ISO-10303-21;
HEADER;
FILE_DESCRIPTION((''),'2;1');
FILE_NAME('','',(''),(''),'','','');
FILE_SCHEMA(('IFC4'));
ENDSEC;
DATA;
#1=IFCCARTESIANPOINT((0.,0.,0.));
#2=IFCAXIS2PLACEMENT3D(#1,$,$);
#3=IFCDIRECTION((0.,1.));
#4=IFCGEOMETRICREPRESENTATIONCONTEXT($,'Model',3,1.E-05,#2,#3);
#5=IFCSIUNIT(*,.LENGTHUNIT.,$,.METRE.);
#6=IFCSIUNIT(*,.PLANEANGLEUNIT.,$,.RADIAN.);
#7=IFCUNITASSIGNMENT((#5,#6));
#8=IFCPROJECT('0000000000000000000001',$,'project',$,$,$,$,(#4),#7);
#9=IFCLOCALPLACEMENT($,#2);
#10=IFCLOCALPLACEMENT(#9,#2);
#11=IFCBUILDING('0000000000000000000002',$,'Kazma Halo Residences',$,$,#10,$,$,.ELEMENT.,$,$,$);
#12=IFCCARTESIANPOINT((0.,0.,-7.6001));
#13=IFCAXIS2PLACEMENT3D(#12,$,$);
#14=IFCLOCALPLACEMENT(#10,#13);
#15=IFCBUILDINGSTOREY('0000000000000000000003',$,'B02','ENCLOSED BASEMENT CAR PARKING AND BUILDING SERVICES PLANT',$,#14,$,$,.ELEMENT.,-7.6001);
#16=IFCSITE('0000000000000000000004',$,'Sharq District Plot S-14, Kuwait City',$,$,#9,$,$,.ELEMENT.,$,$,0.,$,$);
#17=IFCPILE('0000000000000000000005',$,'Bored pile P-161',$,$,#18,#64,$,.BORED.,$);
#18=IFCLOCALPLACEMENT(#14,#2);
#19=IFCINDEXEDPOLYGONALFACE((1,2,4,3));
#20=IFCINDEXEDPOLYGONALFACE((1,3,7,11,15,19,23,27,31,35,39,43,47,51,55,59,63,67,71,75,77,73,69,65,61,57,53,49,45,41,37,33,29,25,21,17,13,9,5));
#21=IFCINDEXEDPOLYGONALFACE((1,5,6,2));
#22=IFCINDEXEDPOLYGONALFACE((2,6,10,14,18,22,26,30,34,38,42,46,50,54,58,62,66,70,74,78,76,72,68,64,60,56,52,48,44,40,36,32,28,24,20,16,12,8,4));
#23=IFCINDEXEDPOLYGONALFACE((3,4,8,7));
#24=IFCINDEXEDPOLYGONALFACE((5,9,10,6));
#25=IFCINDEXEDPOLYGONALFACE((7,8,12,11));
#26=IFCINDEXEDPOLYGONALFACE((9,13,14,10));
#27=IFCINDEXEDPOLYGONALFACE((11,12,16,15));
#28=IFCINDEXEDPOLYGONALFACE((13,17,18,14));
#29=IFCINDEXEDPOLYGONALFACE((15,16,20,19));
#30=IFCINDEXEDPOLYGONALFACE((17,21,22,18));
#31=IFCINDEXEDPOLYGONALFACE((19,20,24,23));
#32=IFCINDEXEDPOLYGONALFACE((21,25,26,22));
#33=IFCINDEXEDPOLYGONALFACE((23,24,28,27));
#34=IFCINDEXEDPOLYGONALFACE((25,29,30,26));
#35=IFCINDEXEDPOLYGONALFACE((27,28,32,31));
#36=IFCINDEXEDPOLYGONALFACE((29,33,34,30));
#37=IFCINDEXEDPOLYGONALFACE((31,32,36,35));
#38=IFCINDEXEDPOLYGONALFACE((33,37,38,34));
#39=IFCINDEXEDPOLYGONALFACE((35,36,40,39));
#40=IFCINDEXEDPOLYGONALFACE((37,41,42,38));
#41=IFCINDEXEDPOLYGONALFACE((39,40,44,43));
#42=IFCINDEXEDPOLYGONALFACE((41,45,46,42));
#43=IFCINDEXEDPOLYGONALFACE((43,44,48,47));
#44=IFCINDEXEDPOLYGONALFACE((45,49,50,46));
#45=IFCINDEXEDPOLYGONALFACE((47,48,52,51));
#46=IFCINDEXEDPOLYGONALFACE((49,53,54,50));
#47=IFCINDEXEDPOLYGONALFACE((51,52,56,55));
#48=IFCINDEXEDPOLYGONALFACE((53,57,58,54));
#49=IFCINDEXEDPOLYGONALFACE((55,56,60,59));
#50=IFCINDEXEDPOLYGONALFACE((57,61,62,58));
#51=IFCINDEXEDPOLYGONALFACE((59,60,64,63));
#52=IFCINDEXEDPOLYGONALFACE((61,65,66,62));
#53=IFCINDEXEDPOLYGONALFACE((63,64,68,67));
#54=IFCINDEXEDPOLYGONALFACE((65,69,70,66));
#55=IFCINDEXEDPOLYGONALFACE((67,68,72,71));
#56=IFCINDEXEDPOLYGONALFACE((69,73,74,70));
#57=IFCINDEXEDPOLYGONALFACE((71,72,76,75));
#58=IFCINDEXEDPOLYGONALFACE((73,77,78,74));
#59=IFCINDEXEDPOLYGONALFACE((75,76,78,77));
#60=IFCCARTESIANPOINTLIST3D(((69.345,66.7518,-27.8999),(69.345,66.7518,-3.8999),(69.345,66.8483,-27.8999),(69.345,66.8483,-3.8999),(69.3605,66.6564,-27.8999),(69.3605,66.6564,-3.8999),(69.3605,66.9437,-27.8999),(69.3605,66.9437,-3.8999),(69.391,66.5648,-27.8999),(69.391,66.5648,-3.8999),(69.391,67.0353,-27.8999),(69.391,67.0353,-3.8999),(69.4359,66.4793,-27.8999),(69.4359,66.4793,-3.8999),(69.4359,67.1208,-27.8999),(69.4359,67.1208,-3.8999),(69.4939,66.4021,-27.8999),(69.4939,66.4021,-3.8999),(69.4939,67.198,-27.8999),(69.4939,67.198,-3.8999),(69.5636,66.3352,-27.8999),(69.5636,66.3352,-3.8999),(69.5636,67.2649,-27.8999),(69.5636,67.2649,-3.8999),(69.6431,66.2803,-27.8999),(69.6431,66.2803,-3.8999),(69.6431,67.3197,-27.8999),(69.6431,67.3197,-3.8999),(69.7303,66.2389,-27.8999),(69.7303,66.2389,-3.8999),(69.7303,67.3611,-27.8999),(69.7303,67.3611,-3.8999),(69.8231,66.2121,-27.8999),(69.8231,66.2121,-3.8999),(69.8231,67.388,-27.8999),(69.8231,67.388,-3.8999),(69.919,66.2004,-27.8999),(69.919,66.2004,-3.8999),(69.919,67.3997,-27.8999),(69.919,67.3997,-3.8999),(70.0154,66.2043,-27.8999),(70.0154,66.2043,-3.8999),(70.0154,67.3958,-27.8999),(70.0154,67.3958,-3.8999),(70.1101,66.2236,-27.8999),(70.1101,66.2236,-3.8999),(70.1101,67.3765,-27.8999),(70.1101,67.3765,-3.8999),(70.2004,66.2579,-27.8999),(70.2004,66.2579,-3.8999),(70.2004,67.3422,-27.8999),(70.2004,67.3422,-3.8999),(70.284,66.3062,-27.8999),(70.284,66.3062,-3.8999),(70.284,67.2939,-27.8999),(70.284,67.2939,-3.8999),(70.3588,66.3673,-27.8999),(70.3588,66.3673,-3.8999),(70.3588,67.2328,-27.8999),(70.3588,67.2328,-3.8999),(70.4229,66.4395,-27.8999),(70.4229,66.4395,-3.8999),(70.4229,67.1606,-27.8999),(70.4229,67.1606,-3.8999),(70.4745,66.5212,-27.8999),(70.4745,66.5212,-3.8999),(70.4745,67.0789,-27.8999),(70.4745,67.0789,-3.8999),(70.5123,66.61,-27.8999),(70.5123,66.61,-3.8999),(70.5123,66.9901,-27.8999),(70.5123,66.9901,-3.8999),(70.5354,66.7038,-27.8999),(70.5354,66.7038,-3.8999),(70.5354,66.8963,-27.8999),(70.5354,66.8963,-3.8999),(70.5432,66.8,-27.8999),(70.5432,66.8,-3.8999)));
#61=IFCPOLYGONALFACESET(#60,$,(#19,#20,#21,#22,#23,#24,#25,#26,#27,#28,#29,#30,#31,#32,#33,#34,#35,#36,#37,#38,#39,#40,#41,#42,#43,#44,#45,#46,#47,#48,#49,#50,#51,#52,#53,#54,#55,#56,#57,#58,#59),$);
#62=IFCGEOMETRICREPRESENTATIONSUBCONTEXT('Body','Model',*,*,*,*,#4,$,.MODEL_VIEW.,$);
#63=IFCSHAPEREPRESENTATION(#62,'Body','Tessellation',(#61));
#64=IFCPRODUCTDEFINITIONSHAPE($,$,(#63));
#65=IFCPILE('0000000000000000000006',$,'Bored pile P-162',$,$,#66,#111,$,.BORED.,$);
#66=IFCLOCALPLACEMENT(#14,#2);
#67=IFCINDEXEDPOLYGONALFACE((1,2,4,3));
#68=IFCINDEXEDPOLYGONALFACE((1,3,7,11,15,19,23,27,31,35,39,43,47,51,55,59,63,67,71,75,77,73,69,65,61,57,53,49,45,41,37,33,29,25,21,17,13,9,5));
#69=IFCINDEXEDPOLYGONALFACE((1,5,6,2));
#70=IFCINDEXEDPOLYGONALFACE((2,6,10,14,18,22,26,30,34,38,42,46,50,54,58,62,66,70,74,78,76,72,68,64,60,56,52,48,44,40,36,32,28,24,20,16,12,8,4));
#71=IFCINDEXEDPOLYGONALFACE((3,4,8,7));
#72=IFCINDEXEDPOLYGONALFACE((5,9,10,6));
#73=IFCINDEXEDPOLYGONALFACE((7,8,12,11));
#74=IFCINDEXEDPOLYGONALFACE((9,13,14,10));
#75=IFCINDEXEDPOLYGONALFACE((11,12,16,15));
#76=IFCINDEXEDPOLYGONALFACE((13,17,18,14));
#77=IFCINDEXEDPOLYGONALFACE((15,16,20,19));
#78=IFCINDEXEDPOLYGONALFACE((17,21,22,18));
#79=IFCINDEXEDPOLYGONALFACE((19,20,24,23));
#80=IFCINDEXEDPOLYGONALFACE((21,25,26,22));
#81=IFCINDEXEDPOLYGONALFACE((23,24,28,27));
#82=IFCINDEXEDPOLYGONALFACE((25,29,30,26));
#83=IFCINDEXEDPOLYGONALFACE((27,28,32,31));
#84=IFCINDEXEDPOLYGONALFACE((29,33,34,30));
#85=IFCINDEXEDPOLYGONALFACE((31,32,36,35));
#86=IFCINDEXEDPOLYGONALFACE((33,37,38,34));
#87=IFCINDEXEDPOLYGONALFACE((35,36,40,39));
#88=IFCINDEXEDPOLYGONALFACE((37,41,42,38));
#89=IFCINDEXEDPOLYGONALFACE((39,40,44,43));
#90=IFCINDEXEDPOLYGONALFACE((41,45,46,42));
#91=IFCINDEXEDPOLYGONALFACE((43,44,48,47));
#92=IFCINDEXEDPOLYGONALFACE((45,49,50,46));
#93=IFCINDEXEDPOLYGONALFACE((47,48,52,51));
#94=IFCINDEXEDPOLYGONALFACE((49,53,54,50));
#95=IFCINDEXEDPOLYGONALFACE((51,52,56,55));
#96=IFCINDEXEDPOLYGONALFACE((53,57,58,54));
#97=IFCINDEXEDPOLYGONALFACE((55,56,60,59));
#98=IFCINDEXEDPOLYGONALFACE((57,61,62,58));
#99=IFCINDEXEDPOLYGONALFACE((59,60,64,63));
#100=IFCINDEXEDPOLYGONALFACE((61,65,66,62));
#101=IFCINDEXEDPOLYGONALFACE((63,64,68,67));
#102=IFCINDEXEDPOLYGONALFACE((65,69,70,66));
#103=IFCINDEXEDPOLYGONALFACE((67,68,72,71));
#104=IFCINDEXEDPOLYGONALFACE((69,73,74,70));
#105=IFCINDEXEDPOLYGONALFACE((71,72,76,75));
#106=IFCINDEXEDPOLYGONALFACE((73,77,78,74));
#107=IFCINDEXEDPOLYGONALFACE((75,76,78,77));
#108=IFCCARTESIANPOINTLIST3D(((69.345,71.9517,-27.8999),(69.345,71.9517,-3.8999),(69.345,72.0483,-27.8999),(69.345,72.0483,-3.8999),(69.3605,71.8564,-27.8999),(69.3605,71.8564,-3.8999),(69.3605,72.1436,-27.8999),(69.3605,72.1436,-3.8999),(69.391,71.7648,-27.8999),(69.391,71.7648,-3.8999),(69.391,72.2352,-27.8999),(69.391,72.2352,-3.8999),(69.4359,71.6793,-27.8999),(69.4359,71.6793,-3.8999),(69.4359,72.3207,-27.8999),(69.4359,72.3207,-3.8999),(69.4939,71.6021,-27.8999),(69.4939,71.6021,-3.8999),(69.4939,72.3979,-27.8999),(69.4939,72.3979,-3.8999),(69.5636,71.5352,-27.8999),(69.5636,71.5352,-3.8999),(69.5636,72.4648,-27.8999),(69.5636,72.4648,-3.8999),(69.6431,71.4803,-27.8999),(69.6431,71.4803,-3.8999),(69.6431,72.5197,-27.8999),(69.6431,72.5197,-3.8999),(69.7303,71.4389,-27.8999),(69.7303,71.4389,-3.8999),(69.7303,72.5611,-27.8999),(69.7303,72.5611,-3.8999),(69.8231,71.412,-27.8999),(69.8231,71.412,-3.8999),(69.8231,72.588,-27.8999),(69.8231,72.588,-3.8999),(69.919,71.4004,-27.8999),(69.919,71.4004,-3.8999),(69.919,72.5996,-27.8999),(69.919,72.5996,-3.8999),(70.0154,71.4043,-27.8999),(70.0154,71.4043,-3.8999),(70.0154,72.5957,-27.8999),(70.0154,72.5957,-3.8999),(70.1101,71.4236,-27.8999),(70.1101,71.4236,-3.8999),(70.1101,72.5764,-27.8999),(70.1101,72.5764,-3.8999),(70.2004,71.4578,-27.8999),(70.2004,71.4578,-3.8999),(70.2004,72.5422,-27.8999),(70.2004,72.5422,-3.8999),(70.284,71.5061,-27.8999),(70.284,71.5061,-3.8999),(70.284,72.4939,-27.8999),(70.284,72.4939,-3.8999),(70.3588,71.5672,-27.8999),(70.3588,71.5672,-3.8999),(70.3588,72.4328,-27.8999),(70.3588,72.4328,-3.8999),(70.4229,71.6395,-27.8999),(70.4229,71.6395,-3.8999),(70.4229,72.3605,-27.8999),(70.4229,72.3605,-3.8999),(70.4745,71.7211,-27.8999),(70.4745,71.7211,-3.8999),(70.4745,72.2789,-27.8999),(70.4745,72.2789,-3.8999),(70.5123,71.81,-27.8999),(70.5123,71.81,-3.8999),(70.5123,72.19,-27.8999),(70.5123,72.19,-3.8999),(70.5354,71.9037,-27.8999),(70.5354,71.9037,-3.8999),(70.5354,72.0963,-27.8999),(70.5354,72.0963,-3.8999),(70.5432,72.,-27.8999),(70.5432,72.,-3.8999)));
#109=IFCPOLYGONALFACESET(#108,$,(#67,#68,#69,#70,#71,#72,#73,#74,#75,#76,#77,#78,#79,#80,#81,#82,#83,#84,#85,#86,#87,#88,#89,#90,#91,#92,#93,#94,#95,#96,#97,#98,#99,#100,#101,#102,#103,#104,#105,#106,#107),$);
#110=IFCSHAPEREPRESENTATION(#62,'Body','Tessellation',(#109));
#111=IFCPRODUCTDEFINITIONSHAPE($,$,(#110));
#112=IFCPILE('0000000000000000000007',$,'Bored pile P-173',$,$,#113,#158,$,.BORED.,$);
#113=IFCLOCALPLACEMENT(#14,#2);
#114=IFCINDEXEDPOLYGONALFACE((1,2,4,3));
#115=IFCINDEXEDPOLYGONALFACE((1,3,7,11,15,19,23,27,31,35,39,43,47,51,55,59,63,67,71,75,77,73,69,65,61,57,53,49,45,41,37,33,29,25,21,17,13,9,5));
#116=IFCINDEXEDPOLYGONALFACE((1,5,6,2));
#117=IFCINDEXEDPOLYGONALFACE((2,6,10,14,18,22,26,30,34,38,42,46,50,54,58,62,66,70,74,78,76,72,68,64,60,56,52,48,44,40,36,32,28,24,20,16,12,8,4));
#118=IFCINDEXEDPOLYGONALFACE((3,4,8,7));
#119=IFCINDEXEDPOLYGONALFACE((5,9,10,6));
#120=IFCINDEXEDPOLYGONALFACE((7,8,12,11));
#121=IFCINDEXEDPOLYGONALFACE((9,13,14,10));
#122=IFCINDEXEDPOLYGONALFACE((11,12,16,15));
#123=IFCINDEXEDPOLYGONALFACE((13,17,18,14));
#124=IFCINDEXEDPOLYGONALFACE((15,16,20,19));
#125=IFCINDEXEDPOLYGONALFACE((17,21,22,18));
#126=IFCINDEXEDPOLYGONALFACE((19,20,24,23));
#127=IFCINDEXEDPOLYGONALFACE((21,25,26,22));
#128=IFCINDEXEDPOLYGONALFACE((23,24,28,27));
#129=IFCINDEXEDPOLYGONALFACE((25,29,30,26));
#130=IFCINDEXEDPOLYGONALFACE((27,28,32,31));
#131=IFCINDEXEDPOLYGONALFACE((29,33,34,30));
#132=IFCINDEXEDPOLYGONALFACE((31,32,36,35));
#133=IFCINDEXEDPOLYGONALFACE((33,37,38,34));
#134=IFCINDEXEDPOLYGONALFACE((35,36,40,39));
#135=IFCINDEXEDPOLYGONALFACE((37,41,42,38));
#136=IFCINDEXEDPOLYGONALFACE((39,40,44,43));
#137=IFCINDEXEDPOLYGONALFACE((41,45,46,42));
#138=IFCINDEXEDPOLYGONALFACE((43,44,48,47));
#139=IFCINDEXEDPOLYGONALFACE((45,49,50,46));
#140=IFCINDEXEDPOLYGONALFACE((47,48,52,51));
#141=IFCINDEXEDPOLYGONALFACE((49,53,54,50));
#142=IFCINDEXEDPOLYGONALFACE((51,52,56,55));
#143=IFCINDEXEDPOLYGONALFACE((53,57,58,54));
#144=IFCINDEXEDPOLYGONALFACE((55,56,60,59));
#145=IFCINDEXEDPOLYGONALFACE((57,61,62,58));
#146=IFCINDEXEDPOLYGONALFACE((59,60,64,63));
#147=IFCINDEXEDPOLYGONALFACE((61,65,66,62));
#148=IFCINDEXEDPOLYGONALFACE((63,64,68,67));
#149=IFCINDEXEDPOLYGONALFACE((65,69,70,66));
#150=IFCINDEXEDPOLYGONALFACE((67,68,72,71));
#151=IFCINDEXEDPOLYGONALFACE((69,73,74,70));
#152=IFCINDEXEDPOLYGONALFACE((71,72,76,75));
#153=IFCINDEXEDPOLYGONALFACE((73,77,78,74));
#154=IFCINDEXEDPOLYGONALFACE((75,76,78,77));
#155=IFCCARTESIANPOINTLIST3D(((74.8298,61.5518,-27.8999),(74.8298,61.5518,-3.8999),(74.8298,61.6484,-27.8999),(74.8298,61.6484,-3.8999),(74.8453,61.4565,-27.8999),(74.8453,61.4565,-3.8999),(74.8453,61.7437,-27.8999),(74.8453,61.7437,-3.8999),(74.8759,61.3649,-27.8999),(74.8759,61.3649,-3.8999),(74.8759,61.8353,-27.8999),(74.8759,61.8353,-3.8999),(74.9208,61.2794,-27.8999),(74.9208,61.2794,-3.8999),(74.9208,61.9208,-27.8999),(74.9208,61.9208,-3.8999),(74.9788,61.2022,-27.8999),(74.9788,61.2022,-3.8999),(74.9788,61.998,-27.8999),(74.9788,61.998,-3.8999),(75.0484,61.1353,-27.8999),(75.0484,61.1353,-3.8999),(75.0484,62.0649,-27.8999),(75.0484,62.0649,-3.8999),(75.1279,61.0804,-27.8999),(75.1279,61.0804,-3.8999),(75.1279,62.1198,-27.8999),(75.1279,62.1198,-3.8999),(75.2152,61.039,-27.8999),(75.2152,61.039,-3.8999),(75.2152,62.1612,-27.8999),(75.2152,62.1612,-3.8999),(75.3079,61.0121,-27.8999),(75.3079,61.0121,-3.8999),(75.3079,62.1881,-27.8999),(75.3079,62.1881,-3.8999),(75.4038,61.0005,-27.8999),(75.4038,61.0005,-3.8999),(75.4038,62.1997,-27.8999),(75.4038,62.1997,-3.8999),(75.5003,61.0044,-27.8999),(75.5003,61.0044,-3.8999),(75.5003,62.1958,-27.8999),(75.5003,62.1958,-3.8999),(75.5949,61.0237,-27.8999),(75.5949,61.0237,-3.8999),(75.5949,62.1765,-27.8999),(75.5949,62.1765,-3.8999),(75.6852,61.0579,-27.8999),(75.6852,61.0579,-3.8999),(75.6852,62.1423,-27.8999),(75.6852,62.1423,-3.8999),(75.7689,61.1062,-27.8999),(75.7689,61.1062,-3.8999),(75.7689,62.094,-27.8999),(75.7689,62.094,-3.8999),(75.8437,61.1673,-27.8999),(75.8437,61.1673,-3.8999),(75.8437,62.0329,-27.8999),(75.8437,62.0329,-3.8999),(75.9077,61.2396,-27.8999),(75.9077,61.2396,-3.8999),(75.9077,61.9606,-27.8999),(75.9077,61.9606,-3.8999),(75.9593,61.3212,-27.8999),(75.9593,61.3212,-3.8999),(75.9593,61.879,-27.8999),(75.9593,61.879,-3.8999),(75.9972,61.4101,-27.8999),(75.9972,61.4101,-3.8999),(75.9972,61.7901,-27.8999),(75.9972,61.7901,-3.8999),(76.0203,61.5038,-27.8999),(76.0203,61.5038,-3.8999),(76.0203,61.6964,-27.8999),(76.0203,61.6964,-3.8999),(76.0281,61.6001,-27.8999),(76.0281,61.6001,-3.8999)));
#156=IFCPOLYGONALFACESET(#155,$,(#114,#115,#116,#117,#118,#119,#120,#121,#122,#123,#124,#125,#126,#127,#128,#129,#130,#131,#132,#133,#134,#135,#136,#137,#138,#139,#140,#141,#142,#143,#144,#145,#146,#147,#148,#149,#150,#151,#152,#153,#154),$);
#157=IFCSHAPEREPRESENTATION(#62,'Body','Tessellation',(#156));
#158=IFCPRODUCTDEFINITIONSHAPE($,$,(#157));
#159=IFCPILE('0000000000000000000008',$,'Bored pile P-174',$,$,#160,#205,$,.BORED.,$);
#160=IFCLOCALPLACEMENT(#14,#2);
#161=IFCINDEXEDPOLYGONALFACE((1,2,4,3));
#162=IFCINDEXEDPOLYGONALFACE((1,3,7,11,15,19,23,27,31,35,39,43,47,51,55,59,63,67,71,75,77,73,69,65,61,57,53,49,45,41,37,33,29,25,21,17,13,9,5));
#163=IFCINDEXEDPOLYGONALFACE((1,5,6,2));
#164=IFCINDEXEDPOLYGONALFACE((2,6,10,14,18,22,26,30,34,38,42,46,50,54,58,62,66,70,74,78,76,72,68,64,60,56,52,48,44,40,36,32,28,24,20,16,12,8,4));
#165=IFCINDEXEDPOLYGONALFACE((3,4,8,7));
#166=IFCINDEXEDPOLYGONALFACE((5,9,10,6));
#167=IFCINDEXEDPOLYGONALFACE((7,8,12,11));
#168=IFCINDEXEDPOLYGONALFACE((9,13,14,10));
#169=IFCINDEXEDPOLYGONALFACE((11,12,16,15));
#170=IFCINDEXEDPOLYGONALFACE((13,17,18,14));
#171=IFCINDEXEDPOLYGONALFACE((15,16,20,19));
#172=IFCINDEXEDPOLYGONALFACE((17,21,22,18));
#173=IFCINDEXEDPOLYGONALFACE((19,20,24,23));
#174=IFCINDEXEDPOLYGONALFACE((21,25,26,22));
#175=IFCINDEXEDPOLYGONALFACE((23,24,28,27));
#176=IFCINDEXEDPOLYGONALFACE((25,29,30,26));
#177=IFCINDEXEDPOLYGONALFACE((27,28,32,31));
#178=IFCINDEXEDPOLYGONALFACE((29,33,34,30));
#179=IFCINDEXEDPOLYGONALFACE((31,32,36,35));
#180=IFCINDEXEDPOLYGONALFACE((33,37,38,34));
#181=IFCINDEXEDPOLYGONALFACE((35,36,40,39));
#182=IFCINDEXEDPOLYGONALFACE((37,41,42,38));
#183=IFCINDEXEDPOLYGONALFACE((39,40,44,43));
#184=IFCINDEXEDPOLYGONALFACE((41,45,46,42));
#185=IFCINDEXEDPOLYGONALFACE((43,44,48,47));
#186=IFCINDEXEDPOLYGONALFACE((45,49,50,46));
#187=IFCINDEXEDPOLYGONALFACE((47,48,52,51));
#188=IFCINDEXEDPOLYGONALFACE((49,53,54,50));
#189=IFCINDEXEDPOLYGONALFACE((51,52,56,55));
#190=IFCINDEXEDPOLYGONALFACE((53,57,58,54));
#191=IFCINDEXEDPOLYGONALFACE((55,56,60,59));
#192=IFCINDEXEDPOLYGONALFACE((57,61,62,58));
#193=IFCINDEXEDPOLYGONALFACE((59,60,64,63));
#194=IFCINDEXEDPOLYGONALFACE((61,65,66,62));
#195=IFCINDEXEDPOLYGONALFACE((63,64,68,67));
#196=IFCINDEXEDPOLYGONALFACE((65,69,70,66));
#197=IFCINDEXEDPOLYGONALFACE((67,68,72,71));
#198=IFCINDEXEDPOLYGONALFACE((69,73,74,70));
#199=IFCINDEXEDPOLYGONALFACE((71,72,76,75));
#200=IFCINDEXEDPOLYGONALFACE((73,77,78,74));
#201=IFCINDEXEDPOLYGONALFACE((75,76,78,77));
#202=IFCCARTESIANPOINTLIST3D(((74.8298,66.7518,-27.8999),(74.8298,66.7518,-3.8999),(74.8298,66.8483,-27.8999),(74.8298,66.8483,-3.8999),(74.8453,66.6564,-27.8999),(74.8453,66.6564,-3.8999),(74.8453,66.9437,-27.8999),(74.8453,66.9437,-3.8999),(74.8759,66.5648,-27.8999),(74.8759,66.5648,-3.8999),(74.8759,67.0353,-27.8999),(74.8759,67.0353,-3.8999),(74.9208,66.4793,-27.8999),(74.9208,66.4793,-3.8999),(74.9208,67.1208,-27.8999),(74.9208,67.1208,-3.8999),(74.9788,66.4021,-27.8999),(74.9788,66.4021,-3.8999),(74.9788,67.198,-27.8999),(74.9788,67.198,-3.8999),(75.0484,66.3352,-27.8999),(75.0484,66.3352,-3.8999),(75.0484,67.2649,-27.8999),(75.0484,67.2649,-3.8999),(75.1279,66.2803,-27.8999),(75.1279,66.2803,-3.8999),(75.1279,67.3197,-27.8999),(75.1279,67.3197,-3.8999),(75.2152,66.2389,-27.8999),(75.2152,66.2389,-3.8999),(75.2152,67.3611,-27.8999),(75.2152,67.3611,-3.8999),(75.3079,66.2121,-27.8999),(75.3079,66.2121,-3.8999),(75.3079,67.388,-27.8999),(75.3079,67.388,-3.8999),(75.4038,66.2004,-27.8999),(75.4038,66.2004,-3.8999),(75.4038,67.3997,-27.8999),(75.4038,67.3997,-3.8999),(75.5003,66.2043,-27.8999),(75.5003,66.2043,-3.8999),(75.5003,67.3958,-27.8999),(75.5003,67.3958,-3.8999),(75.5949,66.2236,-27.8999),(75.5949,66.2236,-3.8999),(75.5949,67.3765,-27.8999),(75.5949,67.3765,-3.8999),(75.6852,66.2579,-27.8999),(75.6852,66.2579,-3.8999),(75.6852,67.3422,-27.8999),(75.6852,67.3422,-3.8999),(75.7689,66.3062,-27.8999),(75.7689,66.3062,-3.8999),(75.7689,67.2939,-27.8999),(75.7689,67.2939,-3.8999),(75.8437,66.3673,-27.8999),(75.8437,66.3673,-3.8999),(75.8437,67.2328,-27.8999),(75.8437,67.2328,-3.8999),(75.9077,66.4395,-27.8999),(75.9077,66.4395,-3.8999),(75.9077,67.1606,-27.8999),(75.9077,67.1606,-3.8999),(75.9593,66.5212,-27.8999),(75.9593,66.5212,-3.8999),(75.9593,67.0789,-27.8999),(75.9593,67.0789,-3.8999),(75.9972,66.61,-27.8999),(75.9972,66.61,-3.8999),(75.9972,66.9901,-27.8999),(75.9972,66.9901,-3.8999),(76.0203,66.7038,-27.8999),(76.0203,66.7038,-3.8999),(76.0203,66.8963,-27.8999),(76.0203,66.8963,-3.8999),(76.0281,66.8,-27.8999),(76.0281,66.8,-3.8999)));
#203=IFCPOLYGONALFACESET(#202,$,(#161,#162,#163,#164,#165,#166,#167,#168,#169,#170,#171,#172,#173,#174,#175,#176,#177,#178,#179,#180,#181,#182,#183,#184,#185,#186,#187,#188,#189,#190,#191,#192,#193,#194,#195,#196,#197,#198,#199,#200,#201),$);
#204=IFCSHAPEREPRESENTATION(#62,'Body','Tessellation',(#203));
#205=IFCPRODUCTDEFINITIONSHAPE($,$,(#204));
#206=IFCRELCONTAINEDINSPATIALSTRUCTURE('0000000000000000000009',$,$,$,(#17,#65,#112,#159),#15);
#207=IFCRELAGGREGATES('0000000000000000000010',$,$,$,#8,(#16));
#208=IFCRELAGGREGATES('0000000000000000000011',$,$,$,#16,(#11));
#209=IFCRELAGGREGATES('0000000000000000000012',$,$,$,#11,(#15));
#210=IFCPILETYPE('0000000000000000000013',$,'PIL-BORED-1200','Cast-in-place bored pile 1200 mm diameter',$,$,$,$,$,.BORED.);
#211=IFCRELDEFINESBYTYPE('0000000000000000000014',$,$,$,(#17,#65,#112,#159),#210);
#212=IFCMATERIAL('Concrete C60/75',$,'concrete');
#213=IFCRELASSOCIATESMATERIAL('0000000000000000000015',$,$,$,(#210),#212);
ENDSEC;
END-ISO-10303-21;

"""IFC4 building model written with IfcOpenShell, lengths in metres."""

from ifc_helpers import new_model, si_unit, direction, frame, origin, origin_2d, place, context, subcontext, project, spatial, circle, extrude, material, material_profile, profile_set, type_object, element, save


model = new_model("IFC4")

# Units and contexts
model_context = context("Model", 3, precision=1e-05, world=origin(), true_north=direction((0.0, 1.0)))
body_context = subcontext(model_context, "Body", "Model", "MODEL_VIEW")
ifc_project = project(units=[si_unit("LENGTHUNIT", "METRE"), si_unit("PLANEANGLEUNIT", "RADIAN")], contexts=[model_context])

# Site, building, storey
site_placement = place(None, origin())
site = spatial("IfcSite", under=ifc_project, at=site_placement, Name="Sharq District Plot S-14, Kuwait City", CompositionType="ELEMENT", RefElevation=0.0)
building_placement = place(site_placement, origin())
building = spatial("IfcBuilding", under=site, at=building_placement, Name="Kazma Halo Residences", CompositionType="ELEMENT")
storey_placement = place(building_placement, frame((0.0, 0.0, -7.6001)))
storey = spatial("IfcBuildingStorey", under=building, at=storey_placement, Name="B02", Description="ENCLOSED BASEMENT CAR PARKING AND BUILDING SERVICES PLANT", CompositionType="ELEMENT", Elevation=-7.6001)

# Piles
ifc_material_1 = material(Name="Concrete C60/75", Category="concrete")
ifc_material_profile_1 = material_profile(ifc_material_1, circle(Radius=0.6001, at=origin_2d()), Name="CIRC1200")
ifc_profile_set_1 = profile_set([ifc_material_profile_1], Name="Concrete C60/75")
pile_type = type_object("IfcPileType", Name="PIL-BORED-1200", Description="Cast-in-place bored pile 1200 mm diameter", PredefinedType="BORED", material=ifc_profile_set_1)
for number, where, z_axis, x_axis, name in (
    (1, (69.9431, 66.8, -3.8999), (0.0, 0.0, -1.0), (1.0, 0.0, 0.0), "Bored pile P-161"),
    (2, (69.9431, 72.0, -3.8999), (0.0, 0.0, -1.0), (1.0, 0.0, 0.0), "Bored pile P-162"),
    (3, (75.428, 61.6001, -3.8999), (0.0, 0.0, -1.0), (1.0, 0.0, 0.0), "Bored pile P-173"),
    (4, (75.428, 66.8, -3.8999), (0.0, 0.0, -1.0), (1.0, 0.0, 0.0), "Bored pile P-174"),
):
    element("IfcPile", number, at=place(storey_placement, frame(where, z_axis=z_axis, x_axis=x_axis)), inside=storey, type_object=pile_type, Name=name, PredefinedType="BORED", context=body_context, shape_type="SweptSolid", body=[
        extrude(circle(Radius=0.6001, at=origin_2d()), origin(), (0.0, 0.0, 1.0), 24.0),
    ])

save(model, "model.ifc")
